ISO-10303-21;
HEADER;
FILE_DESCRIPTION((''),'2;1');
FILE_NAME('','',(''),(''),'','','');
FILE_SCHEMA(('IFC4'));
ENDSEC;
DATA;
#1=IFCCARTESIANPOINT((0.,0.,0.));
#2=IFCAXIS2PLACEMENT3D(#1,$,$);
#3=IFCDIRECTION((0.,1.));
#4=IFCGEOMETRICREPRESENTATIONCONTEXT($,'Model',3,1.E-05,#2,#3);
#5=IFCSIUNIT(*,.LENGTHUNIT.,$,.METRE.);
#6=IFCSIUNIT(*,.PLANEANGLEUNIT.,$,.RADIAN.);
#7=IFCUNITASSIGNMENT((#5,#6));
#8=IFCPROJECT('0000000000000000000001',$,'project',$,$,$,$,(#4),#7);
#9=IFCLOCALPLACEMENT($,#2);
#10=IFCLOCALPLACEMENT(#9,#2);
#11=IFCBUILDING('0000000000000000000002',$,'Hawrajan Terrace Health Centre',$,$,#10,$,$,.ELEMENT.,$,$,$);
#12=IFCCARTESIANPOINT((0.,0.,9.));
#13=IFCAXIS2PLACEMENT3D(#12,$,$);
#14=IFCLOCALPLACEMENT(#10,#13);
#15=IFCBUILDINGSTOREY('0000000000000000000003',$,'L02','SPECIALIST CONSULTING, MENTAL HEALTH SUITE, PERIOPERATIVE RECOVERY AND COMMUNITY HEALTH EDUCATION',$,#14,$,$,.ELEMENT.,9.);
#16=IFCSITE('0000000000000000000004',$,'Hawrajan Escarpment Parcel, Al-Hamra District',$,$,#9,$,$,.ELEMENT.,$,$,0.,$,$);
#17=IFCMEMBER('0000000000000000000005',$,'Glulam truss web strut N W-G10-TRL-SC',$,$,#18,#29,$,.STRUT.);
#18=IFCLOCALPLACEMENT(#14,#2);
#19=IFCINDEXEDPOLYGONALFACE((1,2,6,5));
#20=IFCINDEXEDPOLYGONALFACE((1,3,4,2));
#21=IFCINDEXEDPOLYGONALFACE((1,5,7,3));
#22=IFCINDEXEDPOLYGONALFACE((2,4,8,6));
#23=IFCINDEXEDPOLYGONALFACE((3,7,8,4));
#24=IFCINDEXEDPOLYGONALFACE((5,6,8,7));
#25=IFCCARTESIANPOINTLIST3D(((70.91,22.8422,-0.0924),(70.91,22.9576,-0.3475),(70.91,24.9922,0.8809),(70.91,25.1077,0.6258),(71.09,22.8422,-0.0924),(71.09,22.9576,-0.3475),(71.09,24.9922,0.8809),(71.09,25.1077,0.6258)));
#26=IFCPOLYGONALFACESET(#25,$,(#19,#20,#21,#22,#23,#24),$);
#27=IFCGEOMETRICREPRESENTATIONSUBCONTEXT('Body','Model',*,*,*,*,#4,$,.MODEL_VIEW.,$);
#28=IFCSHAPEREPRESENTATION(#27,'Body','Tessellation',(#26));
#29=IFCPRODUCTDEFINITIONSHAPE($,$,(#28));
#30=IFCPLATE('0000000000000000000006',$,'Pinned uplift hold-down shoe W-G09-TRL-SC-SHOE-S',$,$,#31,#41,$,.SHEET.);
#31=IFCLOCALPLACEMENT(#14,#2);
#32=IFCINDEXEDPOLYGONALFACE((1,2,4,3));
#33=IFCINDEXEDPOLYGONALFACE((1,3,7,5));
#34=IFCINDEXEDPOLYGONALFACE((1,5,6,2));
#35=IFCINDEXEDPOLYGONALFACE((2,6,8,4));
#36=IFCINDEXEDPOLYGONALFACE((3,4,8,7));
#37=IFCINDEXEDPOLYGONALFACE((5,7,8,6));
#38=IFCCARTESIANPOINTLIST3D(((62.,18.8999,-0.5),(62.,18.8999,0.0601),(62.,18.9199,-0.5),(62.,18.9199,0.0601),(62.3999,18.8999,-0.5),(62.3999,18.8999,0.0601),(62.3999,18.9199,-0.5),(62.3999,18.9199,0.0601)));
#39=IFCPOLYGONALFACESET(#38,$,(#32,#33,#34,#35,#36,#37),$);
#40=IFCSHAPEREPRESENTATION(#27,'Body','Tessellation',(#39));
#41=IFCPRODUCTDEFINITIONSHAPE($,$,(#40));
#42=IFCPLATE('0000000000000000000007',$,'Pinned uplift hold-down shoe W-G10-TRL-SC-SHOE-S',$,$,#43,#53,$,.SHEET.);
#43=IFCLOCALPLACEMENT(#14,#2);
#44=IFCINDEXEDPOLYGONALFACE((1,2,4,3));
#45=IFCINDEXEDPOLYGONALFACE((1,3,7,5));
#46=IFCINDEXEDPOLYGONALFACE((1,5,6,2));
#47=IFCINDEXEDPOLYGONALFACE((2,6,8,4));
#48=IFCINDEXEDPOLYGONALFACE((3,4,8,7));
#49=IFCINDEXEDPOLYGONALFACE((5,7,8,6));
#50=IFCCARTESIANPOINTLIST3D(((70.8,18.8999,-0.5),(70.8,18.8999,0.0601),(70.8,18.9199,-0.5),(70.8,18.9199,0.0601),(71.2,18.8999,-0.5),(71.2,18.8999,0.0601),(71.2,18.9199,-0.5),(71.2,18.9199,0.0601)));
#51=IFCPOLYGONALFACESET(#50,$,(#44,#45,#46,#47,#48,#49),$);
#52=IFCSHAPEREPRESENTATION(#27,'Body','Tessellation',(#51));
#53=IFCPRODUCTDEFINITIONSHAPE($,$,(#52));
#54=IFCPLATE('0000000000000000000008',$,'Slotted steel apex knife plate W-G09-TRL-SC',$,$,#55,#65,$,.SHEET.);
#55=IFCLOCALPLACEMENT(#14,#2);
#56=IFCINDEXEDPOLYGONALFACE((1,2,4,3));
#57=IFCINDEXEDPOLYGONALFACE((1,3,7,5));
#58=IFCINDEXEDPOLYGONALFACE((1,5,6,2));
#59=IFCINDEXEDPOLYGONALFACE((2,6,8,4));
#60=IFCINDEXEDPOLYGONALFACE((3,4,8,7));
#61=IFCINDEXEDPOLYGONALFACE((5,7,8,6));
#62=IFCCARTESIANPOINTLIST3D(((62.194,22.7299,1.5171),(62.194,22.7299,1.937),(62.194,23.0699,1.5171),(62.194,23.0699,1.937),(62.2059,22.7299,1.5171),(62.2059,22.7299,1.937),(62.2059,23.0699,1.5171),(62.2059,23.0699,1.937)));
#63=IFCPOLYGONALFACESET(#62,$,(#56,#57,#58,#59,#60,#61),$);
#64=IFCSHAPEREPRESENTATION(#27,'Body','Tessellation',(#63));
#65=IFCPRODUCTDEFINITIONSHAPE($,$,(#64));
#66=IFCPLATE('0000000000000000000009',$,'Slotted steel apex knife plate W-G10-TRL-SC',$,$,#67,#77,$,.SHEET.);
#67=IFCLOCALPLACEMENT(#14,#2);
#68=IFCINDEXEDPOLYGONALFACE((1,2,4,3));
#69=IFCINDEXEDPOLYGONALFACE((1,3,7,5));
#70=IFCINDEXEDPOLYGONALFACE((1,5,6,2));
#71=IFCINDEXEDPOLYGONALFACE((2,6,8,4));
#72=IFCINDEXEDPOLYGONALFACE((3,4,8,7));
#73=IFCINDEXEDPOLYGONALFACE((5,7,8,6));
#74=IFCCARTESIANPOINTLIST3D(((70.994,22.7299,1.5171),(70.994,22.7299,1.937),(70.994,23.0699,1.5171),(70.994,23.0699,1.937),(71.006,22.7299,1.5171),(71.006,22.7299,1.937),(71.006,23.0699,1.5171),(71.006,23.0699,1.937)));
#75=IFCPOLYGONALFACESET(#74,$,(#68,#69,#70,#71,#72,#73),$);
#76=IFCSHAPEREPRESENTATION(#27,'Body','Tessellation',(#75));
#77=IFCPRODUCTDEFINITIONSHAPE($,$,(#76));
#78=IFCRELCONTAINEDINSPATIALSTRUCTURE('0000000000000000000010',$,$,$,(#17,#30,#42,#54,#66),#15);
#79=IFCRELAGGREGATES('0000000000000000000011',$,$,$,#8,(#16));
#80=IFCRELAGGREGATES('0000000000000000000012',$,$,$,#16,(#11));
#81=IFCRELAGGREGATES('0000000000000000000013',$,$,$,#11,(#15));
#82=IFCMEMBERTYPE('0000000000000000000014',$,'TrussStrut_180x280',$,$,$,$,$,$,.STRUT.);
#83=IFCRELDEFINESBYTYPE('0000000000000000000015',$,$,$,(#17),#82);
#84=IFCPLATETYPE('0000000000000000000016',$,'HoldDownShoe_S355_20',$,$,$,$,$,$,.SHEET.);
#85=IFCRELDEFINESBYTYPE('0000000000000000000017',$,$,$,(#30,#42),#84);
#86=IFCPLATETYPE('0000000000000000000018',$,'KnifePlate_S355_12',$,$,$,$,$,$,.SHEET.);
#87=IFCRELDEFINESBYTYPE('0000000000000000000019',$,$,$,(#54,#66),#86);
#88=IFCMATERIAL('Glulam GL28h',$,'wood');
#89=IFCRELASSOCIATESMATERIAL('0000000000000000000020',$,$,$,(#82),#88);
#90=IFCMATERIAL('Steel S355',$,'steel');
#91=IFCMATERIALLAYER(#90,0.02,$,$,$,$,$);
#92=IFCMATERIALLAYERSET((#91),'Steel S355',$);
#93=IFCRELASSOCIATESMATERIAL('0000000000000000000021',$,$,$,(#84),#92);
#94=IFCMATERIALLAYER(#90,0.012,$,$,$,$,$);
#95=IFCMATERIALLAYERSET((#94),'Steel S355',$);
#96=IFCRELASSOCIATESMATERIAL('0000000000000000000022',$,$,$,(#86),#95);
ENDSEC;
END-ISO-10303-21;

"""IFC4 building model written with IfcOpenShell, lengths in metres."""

from ifc_helpers import new_model, si_unit, direction, frame, origin, origin_2d, place, context, subcontext, project, spatial, rectangle, extrude, material, layer, layer_set, material_profile, profile_set, type_object, element, save


model = new_model("IFC4")

# Units and contexts
model_context = context("Model", 3, precision=1e-05, world=origin(), true_north=direction((0.0, 1.0)))
body_context = subcontext(model_context, "Body", "Model", "MODEL_VIEW")
ifc_project = project(units=[si_unit("LENGTHUNIT", "METRE"), si_unit("PLANEANGLEUNIT", "RADIAN")], contexts=[model_context])

# Site, building, storey
site_placement = place(None, origin())
site = spatial("IfcSite", under=ifc_project, at=site_placement, Name="Hawrajan Escarpment Parcel, Al-Hamra District", CompositionType="ELEMENT", RefElevation=0.0)
building_placement = place(site_placement, origin())
building = spatial("IfcBuilding", under=site, at=building_placement, Name="Hawrajan Terrace Health Centre", CompositionType="ELEMENT")
storey_placement = place(building_placement, frame((0.0, 0.0, 9.0)))
storey = spatial("IfcBuildingStorey", under=building, at=storey_placement, Name="L02", Description="SPECIALIST CONSULTING, MENTAL HEALTH SUITE, PERIOPERATIVE RECOVERY AND COMMUNITY HEALTH EDUCATION", CompositionType="ELEMENT", Elevation=9.0)

# Member
ifc_material_1 = material(Name="Glulam GL28h", Category="wood")
ifc_material_profile_1 = material_profile(ifc_material_1, rectangle(XDim=0.1799, YDim=0.28, at=origin_2d()), Name="GL WEB 180x280")
ifc_profile_set_1 = profile_set([ifc_material_profile_1], Name="Glulam GL28h")
member_type_1 = type_object("IfcMemberType", Name="TrussStrut_180x280", PredefinedType="STRUT", material=ifc_profile_set_1)
member_1_placement = place(storey_placement, frame((71.0, 22.8999, -0.22), z_axis=(0.0, 0.910996, 0.412415), x_axis=(-1.0, 0.0, 0.0)))
element("IfcMember", 1, at=member_1_placement, inside=storey, type_object=member_type_1, Name="Glulam truss web strut N W-G10-TRL-SC", PredefinedType="STRUT", context=body_context, shape_type="SweptSolid", body=[
    extrude(rectangle(XDim=0.1799, YDim=0.28, at=origin_2d()), origin(), (0.0, 0.0, 1.0), 2.3601),
])

# Plates
ifc_material_2 = material(Name="Steel S355", Category="steel")
ifc_layer_1 = layer(ifc_material_2, 0.02)
ifc_layer_set_1 = layer_set([ifc_layer_1], Name="Steel S355")
plate_type_1 = type_object("IfcPlateType", Name="HoldDownShoe_S355_20", PredefinedType="SHEET", material=ifc_layer_set_1)
for number, where, z_axis, x_axis, name in (
    (2, (62.2, 18.9099, -0.5), (0.0, 0.0, 1.0), (1.0, 0.0, 0.0), "Pinned uplift hold-down shoe W-G09-TRL-SC-SHOE-S"),
    (3, (71.0, 18.9099, -0.5), (0.0, 0.0, 1.0), (1.0, 0.0, 0.0), "Pinned uplift hold-down shoe W-G10-TRL-SC-SHOE-S"),
):
    element("IfcPlate", number, at=place(storey_placement, frame(where, z_axis=z_axis, x_axis=x_axis)), inside=storey, type_object=plate_type_1, Name=name, PredefinedType="SHEET", context=body_context, shape_type="SweptSolid", body=[
        extrude(rectangle(XDim=0.3999, YDim=0.02, at=origin_2d()), origin(), (0.0, 0.0, 1.0), 0.5601),
    ])
ifc_layer_2 = layer(ifc_material_2, 0.012)
ifc_layer_set_2 = layer_set([ifc_layer_2], Name="Steel S355")
plate_type_2 = type_object("IfcPlateType", Name="KnifePlate_S355_12", PredefinedType="SHEET", material=ifc_layer_set_2)
for number, where, z_axis, x_axis, name in (
    (4, (62.2, 22.8999, 1.5171), (0.0, 0.0, 1.0), (1.0, 0.0, 0.0), "Slotted steel apex knife plate W-G09-TRL-SC"),
    (5, (71.0, 22.8999, 1.5171), (0.0, 0.0, 1.0), (1.0, 0.0, 0.0), "Slotted steel apex knife plate W-G10-TRL-SC"),
):
    element("IfcPlate", number, at=place(storey_placement, frame(where, z_axis=z_axis, x_axis=x_axis)), inside=storey, type_object=plate_type_2, Name=name, PredefinedType="SHEET", context=body_context, shape_type="SweptSolid", body=[
        extrude(rectangle(XDim=0.012, YDim=0.3401, at=origin_2d()), origin(), (0.0, 0.0, 1.0), 0.4199),
    ])

save(model, "model.ifc")
